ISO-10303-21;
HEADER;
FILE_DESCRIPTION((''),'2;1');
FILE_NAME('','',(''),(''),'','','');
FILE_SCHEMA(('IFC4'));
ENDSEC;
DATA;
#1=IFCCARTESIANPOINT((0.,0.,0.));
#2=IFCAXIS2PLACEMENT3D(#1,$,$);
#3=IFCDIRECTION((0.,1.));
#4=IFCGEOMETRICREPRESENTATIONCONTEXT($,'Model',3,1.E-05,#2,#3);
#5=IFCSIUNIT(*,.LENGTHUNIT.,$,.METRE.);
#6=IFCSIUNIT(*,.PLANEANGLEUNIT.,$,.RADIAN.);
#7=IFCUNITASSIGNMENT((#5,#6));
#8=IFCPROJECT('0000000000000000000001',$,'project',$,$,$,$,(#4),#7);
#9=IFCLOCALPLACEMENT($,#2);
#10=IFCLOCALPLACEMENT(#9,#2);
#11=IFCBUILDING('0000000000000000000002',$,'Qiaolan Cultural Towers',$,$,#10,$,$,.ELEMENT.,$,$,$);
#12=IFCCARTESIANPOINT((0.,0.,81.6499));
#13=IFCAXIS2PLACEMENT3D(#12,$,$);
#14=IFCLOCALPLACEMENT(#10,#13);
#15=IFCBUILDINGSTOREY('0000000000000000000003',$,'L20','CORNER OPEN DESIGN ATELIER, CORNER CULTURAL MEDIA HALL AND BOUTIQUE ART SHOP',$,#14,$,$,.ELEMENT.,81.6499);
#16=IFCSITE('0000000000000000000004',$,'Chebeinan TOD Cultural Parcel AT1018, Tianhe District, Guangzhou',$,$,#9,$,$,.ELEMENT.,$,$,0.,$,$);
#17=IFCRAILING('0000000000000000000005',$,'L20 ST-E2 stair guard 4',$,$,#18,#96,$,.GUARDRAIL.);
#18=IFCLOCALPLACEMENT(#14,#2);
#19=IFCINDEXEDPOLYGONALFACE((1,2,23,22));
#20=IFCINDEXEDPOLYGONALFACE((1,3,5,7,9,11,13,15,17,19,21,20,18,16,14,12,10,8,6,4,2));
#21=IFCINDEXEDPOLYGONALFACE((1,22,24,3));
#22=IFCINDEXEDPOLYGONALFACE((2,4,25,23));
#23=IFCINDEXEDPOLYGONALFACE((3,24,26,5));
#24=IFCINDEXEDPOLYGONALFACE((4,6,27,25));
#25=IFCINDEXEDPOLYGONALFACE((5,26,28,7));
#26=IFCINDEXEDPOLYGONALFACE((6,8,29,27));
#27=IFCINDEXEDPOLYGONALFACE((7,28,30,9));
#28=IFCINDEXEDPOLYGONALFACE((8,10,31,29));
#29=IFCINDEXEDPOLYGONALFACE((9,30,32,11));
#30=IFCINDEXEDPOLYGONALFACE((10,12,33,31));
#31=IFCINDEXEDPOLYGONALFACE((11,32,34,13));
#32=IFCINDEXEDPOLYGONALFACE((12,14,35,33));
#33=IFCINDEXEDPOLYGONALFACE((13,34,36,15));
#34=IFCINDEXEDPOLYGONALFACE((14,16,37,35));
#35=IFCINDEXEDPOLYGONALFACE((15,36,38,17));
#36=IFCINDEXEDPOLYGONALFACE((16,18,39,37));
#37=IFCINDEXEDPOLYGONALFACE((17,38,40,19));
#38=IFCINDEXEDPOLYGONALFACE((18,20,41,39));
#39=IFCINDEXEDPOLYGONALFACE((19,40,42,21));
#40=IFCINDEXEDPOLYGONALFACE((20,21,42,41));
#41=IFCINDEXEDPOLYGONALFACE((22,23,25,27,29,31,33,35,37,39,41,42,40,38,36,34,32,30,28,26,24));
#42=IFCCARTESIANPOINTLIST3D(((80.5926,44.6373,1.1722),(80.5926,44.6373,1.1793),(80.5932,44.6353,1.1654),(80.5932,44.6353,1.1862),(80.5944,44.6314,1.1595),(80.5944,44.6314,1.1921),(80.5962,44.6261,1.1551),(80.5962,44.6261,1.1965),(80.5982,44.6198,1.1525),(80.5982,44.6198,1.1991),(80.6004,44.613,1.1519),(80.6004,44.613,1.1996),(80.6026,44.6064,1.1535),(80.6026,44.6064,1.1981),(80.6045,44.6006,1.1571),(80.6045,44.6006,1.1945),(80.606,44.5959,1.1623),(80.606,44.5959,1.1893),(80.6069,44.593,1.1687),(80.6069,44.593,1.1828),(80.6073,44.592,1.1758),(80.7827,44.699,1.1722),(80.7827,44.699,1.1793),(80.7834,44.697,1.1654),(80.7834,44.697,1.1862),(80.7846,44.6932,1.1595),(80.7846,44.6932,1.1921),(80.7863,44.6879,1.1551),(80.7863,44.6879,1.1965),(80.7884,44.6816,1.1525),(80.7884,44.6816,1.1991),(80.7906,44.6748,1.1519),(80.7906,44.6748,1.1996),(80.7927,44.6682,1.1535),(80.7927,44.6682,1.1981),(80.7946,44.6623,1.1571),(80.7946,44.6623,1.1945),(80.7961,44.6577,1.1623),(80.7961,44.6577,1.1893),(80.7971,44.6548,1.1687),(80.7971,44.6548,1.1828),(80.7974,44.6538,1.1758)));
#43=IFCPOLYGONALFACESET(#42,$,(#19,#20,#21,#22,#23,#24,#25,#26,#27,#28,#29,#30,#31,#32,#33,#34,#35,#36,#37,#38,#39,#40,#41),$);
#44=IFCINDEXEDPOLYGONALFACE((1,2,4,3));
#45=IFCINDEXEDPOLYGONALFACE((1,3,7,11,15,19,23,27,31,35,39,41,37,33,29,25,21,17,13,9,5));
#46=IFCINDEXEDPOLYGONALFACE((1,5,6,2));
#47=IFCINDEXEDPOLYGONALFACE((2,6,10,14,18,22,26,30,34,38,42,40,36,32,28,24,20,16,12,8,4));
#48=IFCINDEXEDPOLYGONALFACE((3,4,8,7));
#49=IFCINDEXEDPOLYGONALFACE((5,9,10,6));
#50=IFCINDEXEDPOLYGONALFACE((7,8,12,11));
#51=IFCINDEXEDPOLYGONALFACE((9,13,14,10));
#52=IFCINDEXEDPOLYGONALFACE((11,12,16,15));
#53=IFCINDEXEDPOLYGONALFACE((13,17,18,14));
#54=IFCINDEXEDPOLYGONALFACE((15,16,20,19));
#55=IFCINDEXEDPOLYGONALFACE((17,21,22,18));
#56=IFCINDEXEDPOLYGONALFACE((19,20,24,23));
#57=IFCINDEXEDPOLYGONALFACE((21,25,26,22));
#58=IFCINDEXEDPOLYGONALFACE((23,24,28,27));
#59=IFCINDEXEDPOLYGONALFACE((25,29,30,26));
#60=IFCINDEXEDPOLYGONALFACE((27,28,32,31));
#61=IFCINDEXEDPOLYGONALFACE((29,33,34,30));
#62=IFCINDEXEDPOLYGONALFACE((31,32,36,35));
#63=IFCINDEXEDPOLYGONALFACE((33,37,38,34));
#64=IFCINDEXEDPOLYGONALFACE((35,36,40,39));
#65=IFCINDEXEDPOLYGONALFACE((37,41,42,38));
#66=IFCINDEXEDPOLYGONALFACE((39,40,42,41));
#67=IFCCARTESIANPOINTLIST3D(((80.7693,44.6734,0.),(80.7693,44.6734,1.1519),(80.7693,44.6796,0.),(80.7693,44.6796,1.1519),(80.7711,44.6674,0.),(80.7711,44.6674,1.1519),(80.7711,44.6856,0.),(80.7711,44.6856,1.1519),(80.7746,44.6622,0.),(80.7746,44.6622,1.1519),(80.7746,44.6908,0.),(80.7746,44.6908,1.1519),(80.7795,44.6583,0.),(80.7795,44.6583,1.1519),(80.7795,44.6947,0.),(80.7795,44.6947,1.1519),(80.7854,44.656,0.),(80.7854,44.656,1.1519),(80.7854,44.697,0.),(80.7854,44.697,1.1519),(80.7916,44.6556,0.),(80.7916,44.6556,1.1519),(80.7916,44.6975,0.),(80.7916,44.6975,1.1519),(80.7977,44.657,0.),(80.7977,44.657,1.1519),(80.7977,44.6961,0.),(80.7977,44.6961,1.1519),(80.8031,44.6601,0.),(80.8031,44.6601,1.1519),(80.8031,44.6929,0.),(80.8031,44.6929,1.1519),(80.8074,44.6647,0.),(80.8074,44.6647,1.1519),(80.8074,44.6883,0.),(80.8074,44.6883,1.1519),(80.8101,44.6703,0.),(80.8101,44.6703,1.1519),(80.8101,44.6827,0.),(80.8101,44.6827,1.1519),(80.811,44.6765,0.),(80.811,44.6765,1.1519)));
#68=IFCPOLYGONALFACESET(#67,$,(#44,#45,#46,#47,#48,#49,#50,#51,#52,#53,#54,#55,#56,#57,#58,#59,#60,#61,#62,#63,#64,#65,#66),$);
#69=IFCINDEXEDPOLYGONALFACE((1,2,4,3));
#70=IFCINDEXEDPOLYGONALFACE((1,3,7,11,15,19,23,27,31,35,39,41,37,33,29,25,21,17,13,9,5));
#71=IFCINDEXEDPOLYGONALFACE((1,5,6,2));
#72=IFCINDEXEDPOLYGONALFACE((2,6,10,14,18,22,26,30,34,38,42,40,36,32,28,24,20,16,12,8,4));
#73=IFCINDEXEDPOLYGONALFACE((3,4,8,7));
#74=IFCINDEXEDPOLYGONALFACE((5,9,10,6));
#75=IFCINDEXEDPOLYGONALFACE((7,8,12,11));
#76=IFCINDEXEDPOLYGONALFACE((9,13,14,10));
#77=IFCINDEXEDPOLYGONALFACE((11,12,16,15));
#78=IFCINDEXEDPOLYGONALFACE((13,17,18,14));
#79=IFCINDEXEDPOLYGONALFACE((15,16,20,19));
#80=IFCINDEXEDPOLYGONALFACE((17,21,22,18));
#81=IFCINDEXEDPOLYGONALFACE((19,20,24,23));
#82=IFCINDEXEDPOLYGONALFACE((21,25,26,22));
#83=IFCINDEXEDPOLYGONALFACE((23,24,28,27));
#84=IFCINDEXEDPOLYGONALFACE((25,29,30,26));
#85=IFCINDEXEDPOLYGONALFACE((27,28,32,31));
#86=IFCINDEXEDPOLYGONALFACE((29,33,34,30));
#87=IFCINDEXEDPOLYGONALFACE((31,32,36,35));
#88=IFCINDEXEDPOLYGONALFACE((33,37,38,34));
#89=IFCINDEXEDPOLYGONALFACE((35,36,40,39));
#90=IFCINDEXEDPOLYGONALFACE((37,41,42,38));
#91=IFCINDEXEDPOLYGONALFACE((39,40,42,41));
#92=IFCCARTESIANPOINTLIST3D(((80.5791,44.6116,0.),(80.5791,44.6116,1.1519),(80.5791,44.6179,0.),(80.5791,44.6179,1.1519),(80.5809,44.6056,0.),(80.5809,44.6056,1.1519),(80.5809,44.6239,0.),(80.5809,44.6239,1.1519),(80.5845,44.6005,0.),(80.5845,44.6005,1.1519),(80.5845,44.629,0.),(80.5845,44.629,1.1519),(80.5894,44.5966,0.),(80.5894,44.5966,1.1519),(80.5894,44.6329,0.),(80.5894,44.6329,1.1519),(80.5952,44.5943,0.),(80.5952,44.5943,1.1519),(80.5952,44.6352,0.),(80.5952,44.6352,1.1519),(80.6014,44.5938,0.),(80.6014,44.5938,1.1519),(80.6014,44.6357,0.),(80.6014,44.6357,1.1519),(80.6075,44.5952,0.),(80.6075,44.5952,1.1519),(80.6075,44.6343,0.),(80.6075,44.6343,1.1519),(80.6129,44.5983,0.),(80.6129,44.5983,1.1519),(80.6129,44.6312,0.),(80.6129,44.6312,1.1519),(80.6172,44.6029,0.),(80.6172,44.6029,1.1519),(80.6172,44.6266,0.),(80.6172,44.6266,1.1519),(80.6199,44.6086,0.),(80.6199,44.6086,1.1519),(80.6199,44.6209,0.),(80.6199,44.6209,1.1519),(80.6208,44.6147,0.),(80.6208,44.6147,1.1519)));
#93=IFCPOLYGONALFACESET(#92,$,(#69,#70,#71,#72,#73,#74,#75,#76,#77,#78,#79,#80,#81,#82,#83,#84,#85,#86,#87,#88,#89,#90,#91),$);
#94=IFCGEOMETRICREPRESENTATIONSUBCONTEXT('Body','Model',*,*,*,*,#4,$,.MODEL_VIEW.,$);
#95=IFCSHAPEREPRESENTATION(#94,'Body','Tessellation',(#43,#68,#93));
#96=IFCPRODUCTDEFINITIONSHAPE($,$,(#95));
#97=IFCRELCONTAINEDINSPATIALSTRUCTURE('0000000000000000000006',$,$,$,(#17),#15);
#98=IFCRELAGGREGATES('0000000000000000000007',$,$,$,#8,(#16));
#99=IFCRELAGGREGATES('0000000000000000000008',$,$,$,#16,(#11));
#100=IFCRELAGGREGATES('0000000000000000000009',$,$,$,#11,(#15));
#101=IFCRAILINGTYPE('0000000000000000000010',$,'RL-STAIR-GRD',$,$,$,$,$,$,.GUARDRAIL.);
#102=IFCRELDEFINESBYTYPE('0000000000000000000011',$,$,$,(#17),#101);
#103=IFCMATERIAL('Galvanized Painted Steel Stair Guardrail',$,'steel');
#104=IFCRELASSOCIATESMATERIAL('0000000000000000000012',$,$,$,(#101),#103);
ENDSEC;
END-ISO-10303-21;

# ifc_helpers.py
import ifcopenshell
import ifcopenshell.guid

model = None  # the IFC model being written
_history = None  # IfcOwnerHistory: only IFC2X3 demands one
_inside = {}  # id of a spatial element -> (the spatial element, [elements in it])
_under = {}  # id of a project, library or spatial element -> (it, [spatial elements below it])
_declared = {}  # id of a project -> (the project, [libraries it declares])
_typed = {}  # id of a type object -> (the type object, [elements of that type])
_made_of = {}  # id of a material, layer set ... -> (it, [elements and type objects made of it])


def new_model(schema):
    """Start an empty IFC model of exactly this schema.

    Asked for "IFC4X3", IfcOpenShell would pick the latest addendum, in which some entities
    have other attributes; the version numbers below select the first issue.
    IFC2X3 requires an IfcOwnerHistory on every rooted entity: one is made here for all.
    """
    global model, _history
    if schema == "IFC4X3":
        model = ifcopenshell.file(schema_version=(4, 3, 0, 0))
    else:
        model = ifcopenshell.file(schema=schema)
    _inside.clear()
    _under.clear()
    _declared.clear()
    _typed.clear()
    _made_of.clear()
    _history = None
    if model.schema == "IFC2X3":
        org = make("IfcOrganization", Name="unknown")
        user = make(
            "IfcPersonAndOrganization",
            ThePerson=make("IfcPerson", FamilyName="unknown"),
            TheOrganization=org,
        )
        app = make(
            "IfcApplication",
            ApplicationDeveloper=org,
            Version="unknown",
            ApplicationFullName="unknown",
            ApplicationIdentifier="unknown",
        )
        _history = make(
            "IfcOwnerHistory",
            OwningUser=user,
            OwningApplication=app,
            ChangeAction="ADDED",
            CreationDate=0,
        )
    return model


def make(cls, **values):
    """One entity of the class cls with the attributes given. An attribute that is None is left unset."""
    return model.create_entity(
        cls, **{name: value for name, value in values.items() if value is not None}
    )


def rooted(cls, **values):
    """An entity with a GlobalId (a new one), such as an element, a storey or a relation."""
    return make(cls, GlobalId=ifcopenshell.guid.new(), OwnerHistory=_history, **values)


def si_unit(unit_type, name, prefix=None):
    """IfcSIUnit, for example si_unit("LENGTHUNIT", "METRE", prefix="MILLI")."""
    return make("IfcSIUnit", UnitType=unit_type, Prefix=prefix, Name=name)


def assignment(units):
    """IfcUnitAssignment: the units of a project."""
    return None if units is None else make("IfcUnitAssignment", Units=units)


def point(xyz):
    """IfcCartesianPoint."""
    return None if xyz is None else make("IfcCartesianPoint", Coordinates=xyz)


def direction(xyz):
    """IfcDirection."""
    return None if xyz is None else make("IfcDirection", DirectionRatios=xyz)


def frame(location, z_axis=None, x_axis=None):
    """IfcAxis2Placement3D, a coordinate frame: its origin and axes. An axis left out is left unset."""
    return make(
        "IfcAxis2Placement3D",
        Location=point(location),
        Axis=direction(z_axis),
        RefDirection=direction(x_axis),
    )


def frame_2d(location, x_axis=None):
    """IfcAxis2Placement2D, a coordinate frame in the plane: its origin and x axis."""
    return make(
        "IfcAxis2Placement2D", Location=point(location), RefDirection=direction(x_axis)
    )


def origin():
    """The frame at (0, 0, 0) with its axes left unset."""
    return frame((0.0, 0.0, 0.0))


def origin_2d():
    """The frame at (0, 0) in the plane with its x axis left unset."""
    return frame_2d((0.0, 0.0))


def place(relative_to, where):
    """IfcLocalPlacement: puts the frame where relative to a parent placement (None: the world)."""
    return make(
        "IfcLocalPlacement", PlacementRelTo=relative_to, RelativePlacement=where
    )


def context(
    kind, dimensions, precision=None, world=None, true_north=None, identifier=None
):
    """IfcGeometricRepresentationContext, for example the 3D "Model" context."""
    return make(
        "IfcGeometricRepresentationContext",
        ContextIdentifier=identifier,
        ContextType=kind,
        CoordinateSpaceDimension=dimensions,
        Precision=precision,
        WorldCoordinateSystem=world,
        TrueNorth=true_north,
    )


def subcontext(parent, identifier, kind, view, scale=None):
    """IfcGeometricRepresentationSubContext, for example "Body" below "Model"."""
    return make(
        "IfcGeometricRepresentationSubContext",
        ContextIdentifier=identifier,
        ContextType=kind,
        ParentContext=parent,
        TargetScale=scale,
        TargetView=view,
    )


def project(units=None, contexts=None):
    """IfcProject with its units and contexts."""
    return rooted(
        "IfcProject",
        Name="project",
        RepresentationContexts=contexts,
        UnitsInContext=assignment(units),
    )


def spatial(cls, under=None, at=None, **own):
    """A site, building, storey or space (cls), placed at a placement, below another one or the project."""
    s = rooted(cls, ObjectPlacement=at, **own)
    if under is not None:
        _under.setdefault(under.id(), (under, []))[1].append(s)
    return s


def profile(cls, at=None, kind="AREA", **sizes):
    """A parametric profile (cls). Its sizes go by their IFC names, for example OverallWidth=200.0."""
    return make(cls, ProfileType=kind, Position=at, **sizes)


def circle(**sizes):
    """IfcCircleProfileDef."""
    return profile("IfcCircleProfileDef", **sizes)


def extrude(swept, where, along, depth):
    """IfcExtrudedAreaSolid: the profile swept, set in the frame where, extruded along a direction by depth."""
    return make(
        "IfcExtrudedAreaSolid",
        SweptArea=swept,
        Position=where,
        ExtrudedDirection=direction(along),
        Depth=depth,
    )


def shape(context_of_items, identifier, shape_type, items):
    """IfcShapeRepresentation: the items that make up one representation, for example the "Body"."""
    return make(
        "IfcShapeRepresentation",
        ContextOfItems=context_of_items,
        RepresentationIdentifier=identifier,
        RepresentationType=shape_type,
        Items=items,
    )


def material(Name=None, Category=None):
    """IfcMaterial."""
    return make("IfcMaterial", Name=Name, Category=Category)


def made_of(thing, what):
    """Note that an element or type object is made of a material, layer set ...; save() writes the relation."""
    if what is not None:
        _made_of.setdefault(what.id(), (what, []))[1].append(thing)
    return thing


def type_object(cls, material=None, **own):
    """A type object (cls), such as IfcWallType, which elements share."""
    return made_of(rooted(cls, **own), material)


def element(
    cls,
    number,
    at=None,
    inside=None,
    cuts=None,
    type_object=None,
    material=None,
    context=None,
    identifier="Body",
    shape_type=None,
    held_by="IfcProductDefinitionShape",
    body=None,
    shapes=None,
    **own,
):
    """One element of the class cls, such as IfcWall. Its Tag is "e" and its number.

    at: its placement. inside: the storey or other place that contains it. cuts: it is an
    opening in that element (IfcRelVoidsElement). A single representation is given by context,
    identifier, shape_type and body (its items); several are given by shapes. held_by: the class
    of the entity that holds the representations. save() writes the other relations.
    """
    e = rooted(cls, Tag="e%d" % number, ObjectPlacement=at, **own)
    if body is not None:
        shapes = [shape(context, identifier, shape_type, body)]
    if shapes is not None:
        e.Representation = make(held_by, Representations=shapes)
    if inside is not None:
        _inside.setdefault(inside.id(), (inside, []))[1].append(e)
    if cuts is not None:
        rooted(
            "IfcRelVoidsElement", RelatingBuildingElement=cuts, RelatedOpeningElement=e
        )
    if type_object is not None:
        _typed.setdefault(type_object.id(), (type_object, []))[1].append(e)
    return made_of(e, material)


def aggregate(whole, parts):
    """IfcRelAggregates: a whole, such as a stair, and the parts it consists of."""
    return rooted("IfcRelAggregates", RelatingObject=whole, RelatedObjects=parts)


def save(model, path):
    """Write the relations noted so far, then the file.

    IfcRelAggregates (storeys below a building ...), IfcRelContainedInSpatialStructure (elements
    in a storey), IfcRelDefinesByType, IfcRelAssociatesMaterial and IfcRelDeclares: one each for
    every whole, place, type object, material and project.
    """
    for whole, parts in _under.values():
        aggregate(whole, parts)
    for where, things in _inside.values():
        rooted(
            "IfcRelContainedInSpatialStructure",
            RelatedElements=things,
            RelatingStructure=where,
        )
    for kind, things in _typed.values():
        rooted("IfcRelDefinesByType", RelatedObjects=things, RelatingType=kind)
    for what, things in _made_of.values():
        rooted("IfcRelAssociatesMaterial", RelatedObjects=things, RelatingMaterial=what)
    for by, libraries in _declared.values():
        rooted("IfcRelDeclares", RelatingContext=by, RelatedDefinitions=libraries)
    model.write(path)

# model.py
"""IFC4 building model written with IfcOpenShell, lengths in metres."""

from ifc_helpers import new_model, si_unit, direction, frame, origin, origin_2d, place, context, subcontext, project, spatial, circle, extrude, material, type_object, element, save


model = new_model("IFC4")

# Units and contexts
model_context = context("Model", 3, precision=1e-05, world=origin(), true_north=direction((0.0, 1.0)))
body_context = subcontext(model_context, "Body", "Model", "MODEL_VIEW")
ifc_project = project(units=[si_unit("LENGTHUNIT", "METRE"), si_unit("PLANEANGLEUNIT", "RADIAN")], contexts=[model_context])

# Site, building, storey
site_placement = place(None, origin())
site = spatial("IfcSite", under=ifc_project, at=site_placement, Name="Chebeinan TOD Cultural Parcel AT1018, Tianhe District, Guangzhou", CompositionType="ELEMENT", RefElevation=0.0)
building_placement = place(site_placement, origin())
building = spatial("IfcBuilding", under=site, at=building_placement, Name="Qiaolan Cultural Towers", CompositionType="ELEMENT")
storey_placement = place(building_placement, frame((0.0, 0.0, 81.6499)))
storey = spatial("IfcBuildingStorey", under=building, at=storey_placement, Name="L20", Description="CORNER OPEN DESIGN ATELIER, CORNER CULTURAL MEDIA HALL AND BOUTIQUE ART SHOP", CompositionType="ELEMENT", Elevation=81.6499)

# Railing
ifc_material_1 = material(Name="Galvanized Painted Steel Stair Guardrail", Category="steel")
railing_type_1 = type_object("IfcRailingType", Name="RL-STAIR-GRD", PredefinedType="GUARDRAIL", material=ifc_material_1)
railing_1_placement = place(storey_placement, frame((80.79, 44.6765, 0.0)))
element("IfcRailing", 1, at=railing_1_placement, inside=storey, type_object=railing_type_1, Name="L20 ST-E2 stair guard 4", PredefinedType="GUARDRAIL", context=body_context, shape_type="SweptSolid", body=[
    extrude(circle(Radius=0.0239, at=origin_2d()), frame((0.0, 0.0, 1.1758), z_axis=(-0.951097, -0.308893, 0.0), x_axis=(0.308893, -0.951097, 0.0)), (0.0, 0.0, 1.0), 0.2),
    extrude(circle(Radius=0.021, at=origin_2d()), origin(), (0.0, 0.0, 1.0), 1.1519),
    extrude(circle(Radius=0.021, at=origin_2d()), frame((-0.1902, -0.0618, 0.0)), (0.0, 0.0, 1.0), 1.1519),
])

save(model, "model.ifc")
